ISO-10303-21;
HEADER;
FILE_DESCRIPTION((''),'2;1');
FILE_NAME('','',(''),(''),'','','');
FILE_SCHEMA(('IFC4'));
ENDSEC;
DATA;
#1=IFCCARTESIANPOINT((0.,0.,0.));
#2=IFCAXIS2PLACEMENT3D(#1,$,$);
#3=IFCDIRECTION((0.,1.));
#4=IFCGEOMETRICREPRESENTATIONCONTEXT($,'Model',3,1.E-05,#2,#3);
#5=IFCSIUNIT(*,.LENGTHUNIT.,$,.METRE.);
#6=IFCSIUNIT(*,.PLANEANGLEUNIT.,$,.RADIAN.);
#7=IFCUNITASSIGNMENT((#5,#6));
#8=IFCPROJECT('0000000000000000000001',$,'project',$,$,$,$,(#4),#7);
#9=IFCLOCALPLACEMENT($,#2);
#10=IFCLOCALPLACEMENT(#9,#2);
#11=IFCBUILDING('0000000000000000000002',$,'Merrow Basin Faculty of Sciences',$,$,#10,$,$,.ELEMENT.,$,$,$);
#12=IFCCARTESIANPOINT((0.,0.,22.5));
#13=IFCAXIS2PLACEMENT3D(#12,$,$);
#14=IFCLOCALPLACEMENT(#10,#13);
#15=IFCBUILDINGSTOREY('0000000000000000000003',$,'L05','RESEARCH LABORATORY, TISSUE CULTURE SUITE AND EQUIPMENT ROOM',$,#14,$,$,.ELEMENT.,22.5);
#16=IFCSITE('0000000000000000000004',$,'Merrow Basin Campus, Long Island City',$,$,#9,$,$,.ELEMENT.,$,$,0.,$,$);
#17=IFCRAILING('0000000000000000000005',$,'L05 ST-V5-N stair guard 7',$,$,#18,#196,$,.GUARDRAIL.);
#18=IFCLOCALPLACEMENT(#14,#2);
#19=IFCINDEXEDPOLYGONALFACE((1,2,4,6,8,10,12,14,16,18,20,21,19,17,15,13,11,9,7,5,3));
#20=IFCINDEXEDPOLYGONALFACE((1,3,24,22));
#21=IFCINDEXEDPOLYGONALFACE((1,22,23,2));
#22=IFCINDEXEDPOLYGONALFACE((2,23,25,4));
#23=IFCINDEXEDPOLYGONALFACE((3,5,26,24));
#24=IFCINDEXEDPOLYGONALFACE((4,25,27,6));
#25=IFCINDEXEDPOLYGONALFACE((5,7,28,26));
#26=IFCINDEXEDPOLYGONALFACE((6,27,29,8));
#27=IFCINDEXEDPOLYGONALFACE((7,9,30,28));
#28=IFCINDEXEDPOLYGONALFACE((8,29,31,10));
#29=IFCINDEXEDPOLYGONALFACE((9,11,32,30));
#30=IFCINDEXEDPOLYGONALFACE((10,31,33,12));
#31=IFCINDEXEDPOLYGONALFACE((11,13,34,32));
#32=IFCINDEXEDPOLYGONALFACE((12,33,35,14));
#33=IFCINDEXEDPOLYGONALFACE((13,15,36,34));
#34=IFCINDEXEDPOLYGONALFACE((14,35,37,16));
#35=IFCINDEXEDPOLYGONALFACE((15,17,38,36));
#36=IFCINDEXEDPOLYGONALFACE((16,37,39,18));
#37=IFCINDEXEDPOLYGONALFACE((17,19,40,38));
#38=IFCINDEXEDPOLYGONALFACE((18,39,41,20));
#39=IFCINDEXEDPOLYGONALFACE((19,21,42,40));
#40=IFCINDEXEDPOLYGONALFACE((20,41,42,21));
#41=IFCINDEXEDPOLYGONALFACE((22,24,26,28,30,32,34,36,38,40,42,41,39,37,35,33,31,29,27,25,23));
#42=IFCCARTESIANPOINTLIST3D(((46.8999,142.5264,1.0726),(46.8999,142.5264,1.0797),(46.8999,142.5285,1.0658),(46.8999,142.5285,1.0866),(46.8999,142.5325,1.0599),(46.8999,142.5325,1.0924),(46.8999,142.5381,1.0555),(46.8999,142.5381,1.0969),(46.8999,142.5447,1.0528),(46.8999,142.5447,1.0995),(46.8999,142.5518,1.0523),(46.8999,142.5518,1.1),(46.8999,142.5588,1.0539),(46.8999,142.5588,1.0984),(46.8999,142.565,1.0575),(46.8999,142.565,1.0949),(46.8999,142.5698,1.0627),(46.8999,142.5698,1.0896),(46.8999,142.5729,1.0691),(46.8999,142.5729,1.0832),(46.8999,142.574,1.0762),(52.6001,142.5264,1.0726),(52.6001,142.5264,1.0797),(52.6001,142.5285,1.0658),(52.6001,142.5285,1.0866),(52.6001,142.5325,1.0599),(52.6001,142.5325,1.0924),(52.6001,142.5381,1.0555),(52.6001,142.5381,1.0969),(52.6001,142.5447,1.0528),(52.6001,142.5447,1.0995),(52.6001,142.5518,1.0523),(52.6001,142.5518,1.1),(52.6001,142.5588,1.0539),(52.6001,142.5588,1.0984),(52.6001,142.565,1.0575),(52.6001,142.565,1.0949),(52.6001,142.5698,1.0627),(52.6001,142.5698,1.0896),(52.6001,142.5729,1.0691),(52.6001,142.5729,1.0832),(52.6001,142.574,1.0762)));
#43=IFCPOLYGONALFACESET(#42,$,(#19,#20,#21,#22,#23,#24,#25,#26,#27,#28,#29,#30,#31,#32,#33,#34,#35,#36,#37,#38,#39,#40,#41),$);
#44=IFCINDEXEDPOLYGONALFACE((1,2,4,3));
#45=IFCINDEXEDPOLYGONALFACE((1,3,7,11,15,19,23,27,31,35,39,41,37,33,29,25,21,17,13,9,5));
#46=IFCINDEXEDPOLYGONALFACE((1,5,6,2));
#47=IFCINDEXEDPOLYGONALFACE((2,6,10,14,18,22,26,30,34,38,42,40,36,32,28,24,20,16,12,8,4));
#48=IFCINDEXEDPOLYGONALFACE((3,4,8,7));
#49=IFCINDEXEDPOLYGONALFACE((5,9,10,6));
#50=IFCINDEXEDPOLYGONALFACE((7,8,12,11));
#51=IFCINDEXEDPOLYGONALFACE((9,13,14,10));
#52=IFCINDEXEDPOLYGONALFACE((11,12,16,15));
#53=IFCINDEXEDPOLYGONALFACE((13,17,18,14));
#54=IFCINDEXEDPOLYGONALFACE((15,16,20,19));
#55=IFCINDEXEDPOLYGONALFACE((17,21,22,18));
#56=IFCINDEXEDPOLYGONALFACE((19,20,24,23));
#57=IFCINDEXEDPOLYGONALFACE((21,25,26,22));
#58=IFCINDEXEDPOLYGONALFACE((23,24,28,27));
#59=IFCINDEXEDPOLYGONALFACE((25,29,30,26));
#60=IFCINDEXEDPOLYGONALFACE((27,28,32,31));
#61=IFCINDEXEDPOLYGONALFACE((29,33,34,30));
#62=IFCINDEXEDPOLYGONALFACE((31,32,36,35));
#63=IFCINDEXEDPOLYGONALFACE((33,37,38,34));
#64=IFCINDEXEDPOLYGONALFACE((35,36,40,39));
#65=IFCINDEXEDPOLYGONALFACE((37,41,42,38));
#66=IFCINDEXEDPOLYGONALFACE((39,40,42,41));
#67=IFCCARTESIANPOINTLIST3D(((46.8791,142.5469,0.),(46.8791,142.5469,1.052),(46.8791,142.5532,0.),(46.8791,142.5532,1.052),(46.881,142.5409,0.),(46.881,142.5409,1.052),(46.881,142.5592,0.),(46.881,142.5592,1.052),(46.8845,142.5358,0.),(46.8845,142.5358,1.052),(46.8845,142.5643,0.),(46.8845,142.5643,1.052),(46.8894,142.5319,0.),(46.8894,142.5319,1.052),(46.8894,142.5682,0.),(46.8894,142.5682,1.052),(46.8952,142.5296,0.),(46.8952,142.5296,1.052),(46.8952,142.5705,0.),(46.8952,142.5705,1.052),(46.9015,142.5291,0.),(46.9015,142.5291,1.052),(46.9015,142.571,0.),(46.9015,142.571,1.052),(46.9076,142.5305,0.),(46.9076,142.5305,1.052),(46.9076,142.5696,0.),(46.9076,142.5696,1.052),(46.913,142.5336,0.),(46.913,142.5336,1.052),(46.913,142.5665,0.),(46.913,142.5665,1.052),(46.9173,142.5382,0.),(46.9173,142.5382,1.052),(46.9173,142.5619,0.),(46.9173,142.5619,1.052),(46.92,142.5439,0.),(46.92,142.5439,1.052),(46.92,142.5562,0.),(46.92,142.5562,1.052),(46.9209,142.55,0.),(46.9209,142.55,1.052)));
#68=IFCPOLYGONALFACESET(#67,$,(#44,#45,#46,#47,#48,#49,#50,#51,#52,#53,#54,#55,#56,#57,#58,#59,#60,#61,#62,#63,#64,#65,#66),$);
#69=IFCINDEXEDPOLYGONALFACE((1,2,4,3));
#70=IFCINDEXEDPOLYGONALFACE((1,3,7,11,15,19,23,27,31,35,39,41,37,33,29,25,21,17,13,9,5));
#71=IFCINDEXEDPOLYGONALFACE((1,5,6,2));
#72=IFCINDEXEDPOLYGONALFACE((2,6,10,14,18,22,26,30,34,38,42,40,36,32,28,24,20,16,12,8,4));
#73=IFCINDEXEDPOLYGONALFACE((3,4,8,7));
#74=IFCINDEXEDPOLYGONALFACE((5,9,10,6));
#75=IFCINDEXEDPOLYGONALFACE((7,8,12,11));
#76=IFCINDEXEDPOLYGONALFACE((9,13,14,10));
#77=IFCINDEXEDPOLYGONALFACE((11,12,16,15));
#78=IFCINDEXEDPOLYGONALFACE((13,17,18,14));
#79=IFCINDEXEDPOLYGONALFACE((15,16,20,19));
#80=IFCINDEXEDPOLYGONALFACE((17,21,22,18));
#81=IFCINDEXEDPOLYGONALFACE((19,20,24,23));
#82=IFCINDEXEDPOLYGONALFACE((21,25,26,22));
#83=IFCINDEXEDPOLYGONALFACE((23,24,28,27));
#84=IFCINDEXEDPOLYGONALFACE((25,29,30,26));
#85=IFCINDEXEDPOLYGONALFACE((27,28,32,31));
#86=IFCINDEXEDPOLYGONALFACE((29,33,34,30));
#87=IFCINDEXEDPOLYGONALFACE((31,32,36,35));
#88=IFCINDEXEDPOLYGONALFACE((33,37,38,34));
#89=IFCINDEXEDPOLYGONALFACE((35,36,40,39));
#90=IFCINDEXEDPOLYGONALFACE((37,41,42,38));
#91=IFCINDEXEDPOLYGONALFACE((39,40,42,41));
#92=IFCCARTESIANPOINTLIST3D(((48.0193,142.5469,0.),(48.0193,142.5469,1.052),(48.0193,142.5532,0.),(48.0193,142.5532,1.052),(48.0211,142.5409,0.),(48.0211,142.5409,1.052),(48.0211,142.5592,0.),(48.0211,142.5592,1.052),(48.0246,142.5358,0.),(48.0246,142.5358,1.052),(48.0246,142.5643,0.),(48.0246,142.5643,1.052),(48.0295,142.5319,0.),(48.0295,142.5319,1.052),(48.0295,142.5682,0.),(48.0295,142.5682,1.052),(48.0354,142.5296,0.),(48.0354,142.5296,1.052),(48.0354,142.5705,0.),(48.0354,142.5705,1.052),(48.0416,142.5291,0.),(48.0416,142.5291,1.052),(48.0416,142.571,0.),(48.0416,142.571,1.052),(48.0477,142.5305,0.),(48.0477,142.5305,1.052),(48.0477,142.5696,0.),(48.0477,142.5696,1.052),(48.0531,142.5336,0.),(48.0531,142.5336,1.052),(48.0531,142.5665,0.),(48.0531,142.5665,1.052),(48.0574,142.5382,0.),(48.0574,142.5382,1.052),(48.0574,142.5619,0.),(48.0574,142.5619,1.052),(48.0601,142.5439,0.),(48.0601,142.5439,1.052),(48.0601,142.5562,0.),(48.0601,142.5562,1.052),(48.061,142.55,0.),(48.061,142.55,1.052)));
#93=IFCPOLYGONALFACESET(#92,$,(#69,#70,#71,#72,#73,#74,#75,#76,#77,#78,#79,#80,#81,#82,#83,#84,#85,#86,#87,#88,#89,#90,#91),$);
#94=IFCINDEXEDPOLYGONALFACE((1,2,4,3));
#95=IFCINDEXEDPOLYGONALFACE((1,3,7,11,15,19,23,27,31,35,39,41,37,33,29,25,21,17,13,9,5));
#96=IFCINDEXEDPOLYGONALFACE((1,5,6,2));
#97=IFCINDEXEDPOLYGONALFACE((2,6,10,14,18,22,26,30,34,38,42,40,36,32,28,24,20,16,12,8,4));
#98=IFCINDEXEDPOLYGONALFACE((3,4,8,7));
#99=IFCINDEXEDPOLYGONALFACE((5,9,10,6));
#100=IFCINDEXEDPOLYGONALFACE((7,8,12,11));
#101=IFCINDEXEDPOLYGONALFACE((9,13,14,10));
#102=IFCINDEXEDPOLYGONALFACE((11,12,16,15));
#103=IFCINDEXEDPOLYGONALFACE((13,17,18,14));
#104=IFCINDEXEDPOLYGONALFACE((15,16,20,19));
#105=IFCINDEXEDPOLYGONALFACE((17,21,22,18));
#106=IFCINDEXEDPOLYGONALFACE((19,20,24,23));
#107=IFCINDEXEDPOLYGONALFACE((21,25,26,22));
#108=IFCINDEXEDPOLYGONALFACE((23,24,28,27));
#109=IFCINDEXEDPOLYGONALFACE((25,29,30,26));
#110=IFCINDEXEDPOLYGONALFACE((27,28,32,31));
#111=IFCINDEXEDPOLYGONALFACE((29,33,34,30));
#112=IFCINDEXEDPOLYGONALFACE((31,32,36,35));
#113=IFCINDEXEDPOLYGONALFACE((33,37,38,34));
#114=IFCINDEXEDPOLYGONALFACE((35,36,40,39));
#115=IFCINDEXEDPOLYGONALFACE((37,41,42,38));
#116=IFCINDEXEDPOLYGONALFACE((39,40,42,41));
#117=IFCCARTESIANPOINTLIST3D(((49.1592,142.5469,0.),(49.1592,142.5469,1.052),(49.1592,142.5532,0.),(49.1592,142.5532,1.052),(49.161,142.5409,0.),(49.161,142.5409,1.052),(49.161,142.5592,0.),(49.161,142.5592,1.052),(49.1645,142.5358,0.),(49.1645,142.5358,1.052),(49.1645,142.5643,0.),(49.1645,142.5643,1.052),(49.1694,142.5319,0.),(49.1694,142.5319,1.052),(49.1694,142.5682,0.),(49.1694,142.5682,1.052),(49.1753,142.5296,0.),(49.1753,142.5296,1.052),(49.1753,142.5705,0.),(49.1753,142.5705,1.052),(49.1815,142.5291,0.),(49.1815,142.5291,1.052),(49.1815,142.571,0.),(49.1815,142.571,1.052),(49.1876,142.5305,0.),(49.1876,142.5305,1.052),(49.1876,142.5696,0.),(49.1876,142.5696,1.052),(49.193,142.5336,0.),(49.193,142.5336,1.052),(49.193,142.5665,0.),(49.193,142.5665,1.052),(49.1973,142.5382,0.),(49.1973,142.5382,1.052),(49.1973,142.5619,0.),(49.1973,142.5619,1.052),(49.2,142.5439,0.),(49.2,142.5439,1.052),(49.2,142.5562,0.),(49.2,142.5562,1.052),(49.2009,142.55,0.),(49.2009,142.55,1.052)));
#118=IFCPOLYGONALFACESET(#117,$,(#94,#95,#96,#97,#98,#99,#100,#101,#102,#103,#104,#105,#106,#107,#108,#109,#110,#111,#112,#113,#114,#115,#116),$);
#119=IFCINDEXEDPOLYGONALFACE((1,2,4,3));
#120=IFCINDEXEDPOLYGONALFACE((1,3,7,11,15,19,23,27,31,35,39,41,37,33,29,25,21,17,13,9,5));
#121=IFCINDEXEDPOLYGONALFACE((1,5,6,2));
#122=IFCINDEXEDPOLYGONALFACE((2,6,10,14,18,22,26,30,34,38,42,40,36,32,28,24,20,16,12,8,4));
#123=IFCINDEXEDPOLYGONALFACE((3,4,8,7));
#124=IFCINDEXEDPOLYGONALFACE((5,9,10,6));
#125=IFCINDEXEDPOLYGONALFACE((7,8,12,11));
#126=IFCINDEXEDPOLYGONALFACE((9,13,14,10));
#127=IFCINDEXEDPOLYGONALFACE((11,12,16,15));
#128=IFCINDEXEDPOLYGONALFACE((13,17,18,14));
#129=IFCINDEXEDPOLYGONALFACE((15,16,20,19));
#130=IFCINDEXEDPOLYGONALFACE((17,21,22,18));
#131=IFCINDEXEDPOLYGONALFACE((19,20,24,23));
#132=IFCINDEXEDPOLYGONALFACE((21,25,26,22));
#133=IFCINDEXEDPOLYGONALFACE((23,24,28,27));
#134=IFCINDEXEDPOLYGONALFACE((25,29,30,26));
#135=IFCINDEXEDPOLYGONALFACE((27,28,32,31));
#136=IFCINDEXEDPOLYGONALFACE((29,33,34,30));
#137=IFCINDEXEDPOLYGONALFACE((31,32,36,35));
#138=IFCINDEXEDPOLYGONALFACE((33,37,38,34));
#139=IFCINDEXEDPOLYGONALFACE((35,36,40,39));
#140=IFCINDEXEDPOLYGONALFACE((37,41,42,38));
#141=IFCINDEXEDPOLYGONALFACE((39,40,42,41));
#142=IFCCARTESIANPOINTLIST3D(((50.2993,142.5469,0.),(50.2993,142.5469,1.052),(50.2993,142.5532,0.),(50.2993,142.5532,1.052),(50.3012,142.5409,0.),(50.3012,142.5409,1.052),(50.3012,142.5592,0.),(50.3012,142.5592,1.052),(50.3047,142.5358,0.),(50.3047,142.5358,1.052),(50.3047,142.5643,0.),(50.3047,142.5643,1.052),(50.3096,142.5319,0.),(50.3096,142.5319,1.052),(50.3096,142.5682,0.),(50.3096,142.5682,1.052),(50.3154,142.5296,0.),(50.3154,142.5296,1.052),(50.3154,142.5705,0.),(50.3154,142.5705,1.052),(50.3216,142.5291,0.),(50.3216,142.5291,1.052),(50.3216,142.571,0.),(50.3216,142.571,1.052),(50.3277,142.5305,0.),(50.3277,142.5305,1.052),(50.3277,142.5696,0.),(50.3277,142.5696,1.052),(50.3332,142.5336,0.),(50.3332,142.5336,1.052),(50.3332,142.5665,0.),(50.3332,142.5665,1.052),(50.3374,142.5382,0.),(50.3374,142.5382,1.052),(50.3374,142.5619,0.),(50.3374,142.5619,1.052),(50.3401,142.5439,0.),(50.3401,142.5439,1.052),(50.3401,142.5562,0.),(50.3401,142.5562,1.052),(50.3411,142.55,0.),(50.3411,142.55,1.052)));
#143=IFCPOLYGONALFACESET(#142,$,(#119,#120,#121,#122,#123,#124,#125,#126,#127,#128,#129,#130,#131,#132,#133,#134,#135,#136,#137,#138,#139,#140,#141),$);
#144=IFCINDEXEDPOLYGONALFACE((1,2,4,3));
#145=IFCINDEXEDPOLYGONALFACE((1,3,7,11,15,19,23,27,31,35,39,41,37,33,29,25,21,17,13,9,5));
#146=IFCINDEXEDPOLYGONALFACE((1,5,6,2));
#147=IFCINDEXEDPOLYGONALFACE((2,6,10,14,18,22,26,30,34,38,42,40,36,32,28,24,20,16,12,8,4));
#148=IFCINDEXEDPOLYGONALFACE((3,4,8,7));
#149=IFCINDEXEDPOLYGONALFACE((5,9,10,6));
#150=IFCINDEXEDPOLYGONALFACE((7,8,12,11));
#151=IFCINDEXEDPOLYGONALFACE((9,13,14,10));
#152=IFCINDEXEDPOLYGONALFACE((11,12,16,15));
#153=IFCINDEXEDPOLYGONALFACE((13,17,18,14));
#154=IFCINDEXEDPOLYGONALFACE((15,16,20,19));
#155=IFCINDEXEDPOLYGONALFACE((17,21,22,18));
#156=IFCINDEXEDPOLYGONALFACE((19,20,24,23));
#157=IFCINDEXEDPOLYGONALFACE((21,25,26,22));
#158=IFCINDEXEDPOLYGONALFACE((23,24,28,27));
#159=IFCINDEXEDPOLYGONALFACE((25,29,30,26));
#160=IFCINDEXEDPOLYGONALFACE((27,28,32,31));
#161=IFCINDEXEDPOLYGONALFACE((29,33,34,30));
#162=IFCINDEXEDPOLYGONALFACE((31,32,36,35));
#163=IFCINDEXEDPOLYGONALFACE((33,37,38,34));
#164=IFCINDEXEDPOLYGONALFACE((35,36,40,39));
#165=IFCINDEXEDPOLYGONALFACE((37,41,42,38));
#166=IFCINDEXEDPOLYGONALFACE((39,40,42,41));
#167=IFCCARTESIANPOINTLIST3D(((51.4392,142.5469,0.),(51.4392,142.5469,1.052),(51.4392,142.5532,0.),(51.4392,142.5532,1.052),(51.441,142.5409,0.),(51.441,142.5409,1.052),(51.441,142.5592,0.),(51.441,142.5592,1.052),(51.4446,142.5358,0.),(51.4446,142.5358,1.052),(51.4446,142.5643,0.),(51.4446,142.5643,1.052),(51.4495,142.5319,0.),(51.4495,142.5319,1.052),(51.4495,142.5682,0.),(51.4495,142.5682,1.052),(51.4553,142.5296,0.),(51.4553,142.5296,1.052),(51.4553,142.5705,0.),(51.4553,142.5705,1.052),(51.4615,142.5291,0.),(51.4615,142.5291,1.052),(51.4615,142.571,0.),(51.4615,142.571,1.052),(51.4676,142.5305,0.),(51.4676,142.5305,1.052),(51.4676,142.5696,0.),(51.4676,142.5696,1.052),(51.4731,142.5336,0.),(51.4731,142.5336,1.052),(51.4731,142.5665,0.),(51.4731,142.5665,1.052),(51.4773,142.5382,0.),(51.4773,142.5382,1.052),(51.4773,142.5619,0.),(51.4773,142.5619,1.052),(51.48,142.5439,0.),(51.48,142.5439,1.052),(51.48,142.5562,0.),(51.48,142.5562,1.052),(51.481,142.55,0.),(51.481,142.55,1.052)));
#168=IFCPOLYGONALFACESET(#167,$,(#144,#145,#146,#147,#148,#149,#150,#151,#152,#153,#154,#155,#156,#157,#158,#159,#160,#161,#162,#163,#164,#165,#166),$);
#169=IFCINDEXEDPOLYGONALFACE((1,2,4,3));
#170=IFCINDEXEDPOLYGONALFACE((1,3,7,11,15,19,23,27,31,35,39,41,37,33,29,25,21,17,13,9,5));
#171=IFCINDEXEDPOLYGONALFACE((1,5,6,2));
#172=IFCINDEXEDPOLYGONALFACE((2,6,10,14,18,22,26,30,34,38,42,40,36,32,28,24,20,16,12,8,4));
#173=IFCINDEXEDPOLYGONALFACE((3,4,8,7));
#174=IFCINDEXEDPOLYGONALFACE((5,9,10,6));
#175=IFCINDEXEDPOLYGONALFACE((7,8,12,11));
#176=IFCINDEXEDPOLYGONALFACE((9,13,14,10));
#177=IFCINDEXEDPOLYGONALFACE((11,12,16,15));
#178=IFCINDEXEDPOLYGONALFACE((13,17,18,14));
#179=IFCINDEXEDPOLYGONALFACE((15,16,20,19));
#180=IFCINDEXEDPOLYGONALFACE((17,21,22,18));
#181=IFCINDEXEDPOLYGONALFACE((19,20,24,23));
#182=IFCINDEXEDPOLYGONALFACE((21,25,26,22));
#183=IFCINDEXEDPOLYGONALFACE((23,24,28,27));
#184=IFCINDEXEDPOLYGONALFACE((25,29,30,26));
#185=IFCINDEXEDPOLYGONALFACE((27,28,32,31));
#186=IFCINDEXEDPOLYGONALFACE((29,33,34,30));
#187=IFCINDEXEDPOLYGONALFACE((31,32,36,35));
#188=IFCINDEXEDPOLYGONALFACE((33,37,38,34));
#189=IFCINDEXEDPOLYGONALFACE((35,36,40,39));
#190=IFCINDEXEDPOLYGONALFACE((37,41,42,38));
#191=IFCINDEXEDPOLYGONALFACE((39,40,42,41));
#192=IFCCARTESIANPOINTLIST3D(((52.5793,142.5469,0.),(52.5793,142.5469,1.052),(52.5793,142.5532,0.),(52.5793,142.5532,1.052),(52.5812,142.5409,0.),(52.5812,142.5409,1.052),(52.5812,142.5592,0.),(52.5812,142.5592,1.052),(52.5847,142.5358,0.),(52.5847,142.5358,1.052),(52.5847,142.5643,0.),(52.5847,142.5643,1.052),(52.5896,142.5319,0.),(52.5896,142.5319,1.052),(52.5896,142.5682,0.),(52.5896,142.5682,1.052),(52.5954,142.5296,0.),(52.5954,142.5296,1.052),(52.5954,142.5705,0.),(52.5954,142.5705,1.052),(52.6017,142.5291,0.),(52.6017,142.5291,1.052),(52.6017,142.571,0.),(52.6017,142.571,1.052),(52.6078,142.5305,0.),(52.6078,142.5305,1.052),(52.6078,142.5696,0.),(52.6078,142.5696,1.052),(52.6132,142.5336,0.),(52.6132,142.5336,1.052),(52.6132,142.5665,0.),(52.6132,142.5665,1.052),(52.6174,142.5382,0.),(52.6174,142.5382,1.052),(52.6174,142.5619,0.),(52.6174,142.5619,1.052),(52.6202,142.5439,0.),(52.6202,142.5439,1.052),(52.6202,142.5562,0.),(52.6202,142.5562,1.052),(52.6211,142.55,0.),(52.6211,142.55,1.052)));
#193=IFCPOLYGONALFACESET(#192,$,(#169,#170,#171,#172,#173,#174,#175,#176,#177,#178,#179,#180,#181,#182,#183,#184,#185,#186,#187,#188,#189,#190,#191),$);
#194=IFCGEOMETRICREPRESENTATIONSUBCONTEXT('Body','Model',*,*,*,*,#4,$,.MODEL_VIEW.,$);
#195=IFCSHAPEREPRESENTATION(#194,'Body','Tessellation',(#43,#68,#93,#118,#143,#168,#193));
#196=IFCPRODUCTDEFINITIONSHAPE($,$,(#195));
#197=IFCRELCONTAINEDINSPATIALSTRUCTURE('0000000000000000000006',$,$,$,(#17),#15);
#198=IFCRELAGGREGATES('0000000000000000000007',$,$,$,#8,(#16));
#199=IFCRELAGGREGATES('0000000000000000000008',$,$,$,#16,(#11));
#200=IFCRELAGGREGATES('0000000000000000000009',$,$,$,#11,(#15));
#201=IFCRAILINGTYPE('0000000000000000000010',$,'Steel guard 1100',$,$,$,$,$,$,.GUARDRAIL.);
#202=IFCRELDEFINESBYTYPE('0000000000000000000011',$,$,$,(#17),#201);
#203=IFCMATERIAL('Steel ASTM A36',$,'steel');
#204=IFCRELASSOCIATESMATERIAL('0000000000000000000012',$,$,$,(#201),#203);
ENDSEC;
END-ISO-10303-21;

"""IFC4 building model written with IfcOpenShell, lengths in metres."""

from ifc_helpers import new_model, si_unit, direction, frame, origin, origin_2d, place, context, subcontext, project, spatial, circle, extrude, material, type_object, element, save


model = new_model("IFC4")

# Units and contexts
model_context = context("Model", 3, precision=1e-05, world=origin(), true_north=direction((0.0, 1.0)))
body_context = subcontext(model_context, "Body", "Model", "MODEL_VIEW")
ifc_project = project(units=[si_unit("LENGTHUNIT", "METRE"), si_unit("PLANEANGLEUNIT", "RADIAN")], contexts=[model_context])

# Site, building, storey
site_placement = place(None, origin())
site = spatial("IfcSite", under=ifc_project, at=site_placement, Name="Merrow Basin Campus, Long Island City", CompositionType="ELEMENT", RefElevation=0.0)
building_placement = place(site_placement, origin())
building = spatial("IfcBuilding", under=site, at=building_placement, Name="Merrow Basin Faculty of Sciences", CompositionType="ELEMENT")
storey_placement = place(building_placement, frame((0.0, 0.0, 22.5)))
storey = spatial("IfcBuildingStorey", under=building, at=storey_placement, Name="L05", Description="RESEARCH LABORATORY, TISSUE CULTURE SUITE AND EQUIPMENT ROOM", CompositionType="ELEMENT", Elevation=22.5)

# Railing
ifc_material_1 = material(Name="Steel ASTM A36", Category="steel")
railing_type_1 = type_object("IfcRailingType", Name="Steel guard 1100", PredefinedType="GUARDRAIL", material=ifc_material_1)
railing_1_placement = place(storey_placement, frame((46.8999, 142.55, 0.0)))
element("IfcRailing", 1, at=railing_1_placement, inside=storey, type_object=railing_type_1, Name="L05 ST-V5-N stair guard 7", PredefinedType="GUARDRAIL", context=body_context, shape_type="SweptSolid", body=[
    extrude(circle(Radius=0.0239, at=origin_2d()), frame((0.0, 0.0, 1.0762), z_axis=(1.0, 0.0, 0.0), x_axis=(0.0, 1.0, 0.0)), (0.0, 0.0, 1.0), 5.7002),
    extrude(circle(Radius=0.021, at=origin_2d()), origin(), (0.0, 0.0, 1.0), 1.052),
    extrude(circle(Radius=0.021, at=origin_2d()), frame((1.1401, 0.0, 0.0)), (0.0, 0.0, 1.0), 1.052),
    extrude(circle(Radius=0.021, at=origin_2d()), frame((2.28, 0.0, 0.0)), (0.0, 0.0, 1.0), 1.052),
    extrude(circle(Radius=0.021, at=origin_2d()), frame((3.4202, 0.0, 0.0)), (0.0, 0.0, 1.0), 1.052),
    extrude(circle(Radius=0.021, at=origin_2d()), frame((4.5601, 0.0, 0.0)), (0.0, 0.0, 1.0), 1.052),
    extrude(circle(Radius=0.021, at=origin_2d()), frame((5.7002, 0.0, 0.0)), (0.0, 0.0, 1.0), 1.052),
])

save(model, "model.ifc")
